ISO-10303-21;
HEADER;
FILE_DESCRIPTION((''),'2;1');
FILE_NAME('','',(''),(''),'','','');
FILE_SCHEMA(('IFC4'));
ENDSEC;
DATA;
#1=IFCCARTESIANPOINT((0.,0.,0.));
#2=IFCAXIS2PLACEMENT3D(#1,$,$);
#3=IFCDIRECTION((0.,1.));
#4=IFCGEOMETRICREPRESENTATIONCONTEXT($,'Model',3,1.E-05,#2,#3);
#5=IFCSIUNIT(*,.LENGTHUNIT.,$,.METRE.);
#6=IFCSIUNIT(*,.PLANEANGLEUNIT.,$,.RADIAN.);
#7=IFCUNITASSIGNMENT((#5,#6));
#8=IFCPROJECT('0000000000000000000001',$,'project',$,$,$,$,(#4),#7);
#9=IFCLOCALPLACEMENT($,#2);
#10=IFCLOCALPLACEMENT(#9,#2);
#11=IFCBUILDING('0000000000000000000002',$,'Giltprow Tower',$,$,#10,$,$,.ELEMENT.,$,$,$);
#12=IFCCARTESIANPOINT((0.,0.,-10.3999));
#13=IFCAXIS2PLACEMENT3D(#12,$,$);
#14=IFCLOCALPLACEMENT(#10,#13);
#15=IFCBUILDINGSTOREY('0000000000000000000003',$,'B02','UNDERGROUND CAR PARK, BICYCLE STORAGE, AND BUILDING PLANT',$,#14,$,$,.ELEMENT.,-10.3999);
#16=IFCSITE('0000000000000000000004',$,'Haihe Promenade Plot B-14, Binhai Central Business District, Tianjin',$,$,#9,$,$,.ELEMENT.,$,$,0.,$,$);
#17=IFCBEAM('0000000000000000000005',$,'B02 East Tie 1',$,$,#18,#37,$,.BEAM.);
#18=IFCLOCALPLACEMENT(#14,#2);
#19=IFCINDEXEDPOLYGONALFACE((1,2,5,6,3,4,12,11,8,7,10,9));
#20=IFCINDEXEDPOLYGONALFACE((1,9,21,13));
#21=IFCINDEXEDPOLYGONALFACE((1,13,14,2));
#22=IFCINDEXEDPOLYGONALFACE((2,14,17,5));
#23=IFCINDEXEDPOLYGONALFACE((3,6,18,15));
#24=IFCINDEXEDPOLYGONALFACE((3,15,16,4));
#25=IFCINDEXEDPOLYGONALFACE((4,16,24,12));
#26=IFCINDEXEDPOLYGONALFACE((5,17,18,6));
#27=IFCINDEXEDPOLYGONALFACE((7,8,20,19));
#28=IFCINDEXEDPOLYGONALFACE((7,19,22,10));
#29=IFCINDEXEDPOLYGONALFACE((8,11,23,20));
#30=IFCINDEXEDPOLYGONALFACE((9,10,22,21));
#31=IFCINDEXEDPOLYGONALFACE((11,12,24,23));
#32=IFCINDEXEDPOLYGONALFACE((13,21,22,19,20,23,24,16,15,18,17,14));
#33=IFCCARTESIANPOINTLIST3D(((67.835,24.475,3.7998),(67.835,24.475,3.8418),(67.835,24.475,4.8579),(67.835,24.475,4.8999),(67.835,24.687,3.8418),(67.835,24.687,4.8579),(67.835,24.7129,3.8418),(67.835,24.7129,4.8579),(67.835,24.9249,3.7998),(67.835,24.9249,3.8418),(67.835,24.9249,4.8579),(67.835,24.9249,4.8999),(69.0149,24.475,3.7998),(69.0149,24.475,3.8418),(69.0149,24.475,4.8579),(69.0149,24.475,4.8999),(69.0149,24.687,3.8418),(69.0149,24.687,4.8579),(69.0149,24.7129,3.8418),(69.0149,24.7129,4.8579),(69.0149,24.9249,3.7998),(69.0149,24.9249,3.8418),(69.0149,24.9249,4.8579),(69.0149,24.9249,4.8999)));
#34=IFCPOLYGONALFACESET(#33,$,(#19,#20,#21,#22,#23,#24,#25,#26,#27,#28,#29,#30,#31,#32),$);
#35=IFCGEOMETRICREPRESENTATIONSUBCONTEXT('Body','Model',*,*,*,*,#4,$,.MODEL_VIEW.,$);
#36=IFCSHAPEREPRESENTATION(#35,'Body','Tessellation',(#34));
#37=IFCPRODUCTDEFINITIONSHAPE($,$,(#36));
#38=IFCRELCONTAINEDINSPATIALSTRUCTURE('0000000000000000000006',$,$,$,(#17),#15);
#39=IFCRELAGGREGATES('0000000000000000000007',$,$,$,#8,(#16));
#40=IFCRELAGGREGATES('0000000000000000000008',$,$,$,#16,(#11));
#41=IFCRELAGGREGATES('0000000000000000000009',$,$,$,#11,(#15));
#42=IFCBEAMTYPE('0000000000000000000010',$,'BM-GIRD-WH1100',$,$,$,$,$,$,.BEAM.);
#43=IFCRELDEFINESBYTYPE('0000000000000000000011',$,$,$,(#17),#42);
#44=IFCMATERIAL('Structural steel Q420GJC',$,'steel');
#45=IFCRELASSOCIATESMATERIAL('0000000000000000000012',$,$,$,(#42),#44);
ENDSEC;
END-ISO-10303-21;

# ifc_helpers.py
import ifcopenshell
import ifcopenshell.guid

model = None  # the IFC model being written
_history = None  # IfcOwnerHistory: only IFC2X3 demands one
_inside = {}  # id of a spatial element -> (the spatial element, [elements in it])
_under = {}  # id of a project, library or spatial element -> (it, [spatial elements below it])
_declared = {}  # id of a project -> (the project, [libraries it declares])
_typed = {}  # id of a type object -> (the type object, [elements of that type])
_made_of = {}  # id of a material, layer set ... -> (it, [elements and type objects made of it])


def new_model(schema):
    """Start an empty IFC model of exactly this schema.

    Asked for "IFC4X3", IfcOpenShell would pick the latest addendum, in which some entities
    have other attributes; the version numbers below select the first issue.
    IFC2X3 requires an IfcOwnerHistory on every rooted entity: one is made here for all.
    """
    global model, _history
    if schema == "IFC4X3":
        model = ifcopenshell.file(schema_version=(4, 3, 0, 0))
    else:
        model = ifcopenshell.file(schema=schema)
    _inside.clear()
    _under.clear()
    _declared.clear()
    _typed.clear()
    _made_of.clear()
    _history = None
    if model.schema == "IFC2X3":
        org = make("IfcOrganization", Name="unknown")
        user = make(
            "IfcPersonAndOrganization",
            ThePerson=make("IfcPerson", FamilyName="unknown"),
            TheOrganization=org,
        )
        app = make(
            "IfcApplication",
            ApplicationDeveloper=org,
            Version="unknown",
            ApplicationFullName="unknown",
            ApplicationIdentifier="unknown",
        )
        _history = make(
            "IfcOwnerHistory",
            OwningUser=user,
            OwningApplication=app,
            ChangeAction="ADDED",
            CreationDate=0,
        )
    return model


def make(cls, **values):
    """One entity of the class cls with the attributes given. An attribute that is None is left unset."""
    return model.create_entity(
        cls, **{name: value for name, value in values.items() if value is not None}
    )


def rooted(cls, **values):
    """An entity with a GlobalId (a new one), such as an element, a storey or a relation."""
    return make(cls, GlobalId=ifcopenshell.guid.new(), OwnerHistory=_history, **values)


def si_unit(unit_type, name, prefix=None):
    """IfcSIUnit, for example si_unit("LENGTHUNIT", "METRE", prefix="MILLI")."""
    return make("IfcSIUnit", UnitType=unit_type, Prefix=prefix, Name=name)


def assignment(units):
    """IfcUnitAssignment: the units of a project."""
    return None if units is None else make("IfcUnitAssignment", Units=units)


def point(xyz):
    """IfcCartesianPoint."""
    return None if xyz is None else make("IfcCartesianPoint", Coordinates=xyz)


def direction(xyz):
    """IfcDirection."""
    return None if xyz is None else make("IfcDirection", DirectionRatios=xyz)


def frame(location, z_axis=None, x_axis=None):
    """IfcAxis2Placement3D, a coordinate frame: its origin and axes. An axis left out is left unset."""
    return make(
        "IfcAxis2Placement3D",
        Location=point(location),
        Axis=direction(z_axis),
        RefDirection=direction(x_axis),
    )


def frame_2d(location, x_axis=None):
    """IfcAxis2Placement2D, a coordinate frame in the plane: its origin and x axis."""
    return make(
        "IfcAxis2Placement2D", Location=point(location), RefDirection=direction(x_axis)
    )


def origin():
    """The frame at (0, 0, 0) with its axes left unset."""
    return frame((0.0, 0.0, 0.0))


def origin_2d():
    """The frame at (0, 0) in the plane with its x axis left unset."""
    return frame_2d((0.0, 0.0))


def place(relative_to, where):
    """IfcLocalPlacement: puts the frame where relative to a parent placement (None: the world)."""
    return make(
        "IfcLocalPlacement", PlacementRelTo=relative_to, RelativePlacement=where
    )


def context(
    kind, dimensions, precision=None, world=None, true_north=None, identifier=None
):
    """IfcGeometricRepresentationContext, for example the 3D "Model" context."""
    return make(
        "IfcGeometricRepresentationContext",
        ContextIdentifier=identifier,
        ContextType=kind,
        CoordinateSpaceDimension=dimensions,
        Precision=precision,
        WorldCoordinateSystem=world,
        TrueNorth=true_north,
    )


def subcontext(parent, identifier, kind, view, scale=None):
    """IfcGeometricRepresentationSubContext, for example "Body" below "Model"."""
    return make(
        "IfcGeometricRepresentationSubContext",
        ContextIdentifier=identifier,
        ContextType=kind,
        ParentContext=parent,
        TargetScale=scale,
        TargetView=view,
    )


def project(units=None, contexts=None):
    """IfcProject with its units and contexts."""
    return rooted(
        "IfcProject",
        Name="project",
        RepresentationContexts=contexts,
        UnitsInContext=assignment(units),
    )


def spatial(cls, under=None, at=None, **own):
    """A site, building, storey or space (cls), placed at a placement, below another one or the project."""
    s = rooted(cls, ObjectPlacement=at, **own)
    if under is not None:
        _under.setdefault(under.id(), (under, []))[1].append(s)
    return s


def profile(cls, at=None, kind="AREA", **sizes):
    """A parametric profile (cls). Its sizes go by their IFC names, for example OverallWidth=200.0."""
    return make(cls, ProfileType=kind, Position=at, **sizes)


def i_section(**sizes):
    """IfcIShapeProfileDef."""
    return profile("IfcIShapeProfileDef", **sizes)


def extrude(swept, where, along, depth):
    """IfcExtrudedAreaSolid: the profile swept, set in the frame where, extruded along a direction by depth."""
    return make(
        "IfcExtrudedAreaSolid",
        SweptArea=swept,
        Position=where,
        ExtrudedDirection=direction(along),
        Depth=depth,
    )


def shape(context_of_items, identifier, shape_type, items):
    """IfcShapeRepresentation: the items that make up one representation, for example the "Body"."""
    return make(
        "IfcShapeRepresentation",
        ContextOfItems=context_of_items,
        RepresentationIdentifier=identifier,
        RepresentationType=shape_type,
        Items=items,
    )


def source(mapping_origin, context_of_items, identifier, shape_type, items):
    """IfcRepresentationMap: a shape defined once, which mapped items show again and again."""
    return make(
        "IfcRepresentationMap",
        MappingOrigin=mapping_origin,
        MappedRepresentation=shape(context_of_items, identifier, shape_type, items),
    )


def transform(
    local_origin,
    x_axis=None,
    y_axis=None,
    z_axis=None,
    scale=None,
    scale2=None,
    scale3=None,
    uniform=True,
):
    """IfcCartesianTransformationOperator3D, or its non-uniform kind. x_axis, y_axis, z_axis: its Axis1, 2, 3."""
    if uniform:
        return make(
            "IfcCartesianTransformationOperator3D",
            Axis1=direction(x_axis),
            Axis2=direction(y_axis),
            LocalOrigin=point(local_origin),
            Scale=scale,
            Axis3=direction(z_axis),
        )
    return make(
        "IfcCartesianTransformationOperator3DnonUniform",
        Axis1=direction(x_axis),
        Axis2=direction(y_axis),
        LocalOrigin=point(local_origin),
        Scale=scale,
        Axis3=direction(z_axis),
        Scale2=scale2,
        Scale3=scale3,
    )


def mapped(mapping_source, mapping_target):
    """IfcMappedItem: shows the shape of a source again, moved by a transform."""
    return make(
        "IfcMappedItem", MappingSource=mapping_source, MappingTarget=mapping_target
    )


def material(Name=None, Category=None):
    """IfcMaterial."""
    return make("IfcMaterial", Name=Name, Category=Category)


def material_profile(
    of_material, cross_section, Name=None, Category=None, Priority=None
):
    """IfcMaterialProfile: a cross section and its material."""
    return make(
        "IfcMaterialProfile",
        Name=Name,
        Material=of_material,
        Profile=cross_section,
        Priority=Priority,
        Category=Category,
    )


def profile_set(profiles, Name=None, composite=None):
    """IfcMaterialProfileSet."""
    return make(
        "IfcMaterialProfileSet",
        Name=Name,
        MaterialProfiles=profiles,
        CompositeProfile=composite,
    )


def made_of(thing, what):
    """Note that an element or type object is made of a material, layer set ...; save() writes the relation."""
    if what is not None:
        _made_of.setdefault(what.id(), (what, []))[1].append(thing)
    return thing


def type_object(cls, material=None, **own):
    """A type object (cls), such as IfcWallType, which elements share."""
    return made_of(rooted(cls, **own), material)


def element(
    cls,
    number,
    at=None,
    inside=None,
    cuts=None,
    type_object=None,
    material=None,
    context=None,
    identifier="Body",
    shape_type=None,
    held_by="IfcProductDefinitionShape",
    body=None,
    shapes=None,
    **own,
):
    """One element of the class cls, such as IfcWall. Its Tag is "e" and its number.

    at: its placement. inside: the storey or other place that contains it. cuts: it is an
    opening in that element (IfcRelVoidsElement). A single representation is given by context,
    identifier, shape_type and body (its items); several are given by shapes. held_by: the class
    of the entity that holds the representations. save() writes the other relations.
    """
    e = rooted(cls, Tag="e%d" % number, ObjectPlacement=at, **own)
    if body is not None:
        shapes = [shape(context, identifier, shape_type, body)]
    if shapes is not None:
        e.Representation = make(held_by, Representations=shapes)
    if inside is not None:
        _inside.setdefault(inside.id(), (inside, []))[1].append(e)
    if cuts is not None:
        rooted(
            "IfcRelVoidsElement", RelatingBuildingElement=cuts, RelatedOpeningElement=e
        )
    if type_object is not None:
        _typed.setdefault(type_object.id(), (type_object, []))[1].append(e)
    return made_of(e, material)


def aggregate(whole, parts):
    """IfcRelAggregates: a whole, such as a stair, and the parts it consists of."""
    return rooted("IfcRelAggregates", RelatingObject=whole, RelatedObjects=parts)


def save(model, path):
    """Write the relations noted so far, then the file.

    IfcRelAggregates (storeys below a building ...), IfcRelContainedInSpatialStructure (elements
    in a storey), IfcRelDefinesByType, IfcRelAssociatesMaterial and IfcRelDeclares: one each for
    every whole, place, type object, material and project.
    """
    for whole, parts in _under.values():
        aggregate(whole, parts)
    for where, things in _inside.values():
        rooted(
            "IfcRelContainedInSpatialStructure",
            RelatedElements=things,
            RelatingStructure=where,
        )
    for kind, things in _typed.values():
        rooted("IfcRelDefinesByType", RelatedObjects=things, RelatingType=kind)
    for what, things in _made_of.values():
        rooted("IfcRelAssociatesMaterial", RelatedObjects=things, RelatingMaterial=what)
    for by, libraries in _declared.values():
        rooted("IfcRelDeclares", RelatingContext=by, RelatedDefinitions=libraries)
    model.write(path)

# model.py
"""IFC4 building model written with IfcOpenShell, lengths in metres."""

from ifc_helpers import new_model, si_unit, direction, frame, origin, origin_2d, place, context, subcontext, project, spatial, i_section, extrude, source, transform, mapped, material, material_profile, profile_set, type_object, element, save


model = new_model("IFC4")

# Units and contexts
model_context = context("Model", 3, precision=1e-05, world=origin(), true_north=direction((0.0, 1.0)))
body_context = subcontext(model_context, "Body", "Model", "MODEL_VIEW")
ifc_project = project(units=[si_unit("LENGTHUNIT", "METRE"), si_unit("PLANEANGLEUNIT", "RADIAN")], contexts=[model_context])

# Site, building, storey
site_placement = place(None, origin())
site = spatial("IfcSite", under=ifc_project, at=site_placement, Name="Haihe Promenade Plot B-14, Binhai Central Business District, Tianjin", CompositionType="ELEMENT", RefElevation=0.0)
building_placement = place(site_placement, origin())
building = spatial("IfcBuilding", under=site, at=building_placement, Name="Giltprow Tower", CompositionType="ELEMENT")
storey_placement = place(building_placement, frame((0.0, 0.0, -10.3999)))
storey = spatial("IfcBuildingStorey", under=building, at=storey_placement, Name="B02", Description="UNDERGROUND CAR PARK, BICYCLE STORAGE, AND BUILDING PLANT", CompositionType="ELEMENT", Elevation=-10.3999)

# Shared definitions
ifc_material_1 = material(Name="Structural steel Q420GJC", Category="steel")

# Beam
ifc_material_profile_1 = material_profile(ifc_material_1, i_section(OverallWidth=0.45, OverallDepth=1.1001, WebThickness=0.0259, FlangeThickness=0.042, at=origin_2d()), Name="WH 1100x450x26x42")
ifc_profile_set_1 = profile_set([ifc_material_profile_1], Name="Structural steel Q420GJC")
beam_type = type_object("IfcBeamType", Name="BM-GIRD-WH1100", PredefinedType="BEAM", material=ifc_profile_set_1)
shared_shape_1 = source(origin(), body_context, "Body", "SweptSolid", [
    extrude(i_section(OverallWidth=0.45, OverallDepth=1.1001, WebThickness=0.0259, FlangeThickness=0.042, at=origin_2d()), origin(), (0.0, 0.0, 1.0), 1.1799),
])
beam_1_placement = place(storey_placement, frame((67.835, 24.7, 4.3499), z_axis=(1.0, 0.0, 0.0), x_axis=(0.0, 1.0, 0.0)))
element("IfcBeam", 1, at=beam_1_placement, inside=storey, type_object=beam_type, Name="B02 East Tie 1", PredefinedType="BEAM", context=body_context, shape_type="MappedRepresentation", body=[
    mapped(shared_shape_1, transform((0.0, 0.0, 0.0), x_axis=(1.0, 0.0, 0.0), y_axis=(0.0, 1.0, 0.0), z_axis=(0.0, 0.0, 1.0), scale=1.0)),
])

save(model, "model.ifc")
